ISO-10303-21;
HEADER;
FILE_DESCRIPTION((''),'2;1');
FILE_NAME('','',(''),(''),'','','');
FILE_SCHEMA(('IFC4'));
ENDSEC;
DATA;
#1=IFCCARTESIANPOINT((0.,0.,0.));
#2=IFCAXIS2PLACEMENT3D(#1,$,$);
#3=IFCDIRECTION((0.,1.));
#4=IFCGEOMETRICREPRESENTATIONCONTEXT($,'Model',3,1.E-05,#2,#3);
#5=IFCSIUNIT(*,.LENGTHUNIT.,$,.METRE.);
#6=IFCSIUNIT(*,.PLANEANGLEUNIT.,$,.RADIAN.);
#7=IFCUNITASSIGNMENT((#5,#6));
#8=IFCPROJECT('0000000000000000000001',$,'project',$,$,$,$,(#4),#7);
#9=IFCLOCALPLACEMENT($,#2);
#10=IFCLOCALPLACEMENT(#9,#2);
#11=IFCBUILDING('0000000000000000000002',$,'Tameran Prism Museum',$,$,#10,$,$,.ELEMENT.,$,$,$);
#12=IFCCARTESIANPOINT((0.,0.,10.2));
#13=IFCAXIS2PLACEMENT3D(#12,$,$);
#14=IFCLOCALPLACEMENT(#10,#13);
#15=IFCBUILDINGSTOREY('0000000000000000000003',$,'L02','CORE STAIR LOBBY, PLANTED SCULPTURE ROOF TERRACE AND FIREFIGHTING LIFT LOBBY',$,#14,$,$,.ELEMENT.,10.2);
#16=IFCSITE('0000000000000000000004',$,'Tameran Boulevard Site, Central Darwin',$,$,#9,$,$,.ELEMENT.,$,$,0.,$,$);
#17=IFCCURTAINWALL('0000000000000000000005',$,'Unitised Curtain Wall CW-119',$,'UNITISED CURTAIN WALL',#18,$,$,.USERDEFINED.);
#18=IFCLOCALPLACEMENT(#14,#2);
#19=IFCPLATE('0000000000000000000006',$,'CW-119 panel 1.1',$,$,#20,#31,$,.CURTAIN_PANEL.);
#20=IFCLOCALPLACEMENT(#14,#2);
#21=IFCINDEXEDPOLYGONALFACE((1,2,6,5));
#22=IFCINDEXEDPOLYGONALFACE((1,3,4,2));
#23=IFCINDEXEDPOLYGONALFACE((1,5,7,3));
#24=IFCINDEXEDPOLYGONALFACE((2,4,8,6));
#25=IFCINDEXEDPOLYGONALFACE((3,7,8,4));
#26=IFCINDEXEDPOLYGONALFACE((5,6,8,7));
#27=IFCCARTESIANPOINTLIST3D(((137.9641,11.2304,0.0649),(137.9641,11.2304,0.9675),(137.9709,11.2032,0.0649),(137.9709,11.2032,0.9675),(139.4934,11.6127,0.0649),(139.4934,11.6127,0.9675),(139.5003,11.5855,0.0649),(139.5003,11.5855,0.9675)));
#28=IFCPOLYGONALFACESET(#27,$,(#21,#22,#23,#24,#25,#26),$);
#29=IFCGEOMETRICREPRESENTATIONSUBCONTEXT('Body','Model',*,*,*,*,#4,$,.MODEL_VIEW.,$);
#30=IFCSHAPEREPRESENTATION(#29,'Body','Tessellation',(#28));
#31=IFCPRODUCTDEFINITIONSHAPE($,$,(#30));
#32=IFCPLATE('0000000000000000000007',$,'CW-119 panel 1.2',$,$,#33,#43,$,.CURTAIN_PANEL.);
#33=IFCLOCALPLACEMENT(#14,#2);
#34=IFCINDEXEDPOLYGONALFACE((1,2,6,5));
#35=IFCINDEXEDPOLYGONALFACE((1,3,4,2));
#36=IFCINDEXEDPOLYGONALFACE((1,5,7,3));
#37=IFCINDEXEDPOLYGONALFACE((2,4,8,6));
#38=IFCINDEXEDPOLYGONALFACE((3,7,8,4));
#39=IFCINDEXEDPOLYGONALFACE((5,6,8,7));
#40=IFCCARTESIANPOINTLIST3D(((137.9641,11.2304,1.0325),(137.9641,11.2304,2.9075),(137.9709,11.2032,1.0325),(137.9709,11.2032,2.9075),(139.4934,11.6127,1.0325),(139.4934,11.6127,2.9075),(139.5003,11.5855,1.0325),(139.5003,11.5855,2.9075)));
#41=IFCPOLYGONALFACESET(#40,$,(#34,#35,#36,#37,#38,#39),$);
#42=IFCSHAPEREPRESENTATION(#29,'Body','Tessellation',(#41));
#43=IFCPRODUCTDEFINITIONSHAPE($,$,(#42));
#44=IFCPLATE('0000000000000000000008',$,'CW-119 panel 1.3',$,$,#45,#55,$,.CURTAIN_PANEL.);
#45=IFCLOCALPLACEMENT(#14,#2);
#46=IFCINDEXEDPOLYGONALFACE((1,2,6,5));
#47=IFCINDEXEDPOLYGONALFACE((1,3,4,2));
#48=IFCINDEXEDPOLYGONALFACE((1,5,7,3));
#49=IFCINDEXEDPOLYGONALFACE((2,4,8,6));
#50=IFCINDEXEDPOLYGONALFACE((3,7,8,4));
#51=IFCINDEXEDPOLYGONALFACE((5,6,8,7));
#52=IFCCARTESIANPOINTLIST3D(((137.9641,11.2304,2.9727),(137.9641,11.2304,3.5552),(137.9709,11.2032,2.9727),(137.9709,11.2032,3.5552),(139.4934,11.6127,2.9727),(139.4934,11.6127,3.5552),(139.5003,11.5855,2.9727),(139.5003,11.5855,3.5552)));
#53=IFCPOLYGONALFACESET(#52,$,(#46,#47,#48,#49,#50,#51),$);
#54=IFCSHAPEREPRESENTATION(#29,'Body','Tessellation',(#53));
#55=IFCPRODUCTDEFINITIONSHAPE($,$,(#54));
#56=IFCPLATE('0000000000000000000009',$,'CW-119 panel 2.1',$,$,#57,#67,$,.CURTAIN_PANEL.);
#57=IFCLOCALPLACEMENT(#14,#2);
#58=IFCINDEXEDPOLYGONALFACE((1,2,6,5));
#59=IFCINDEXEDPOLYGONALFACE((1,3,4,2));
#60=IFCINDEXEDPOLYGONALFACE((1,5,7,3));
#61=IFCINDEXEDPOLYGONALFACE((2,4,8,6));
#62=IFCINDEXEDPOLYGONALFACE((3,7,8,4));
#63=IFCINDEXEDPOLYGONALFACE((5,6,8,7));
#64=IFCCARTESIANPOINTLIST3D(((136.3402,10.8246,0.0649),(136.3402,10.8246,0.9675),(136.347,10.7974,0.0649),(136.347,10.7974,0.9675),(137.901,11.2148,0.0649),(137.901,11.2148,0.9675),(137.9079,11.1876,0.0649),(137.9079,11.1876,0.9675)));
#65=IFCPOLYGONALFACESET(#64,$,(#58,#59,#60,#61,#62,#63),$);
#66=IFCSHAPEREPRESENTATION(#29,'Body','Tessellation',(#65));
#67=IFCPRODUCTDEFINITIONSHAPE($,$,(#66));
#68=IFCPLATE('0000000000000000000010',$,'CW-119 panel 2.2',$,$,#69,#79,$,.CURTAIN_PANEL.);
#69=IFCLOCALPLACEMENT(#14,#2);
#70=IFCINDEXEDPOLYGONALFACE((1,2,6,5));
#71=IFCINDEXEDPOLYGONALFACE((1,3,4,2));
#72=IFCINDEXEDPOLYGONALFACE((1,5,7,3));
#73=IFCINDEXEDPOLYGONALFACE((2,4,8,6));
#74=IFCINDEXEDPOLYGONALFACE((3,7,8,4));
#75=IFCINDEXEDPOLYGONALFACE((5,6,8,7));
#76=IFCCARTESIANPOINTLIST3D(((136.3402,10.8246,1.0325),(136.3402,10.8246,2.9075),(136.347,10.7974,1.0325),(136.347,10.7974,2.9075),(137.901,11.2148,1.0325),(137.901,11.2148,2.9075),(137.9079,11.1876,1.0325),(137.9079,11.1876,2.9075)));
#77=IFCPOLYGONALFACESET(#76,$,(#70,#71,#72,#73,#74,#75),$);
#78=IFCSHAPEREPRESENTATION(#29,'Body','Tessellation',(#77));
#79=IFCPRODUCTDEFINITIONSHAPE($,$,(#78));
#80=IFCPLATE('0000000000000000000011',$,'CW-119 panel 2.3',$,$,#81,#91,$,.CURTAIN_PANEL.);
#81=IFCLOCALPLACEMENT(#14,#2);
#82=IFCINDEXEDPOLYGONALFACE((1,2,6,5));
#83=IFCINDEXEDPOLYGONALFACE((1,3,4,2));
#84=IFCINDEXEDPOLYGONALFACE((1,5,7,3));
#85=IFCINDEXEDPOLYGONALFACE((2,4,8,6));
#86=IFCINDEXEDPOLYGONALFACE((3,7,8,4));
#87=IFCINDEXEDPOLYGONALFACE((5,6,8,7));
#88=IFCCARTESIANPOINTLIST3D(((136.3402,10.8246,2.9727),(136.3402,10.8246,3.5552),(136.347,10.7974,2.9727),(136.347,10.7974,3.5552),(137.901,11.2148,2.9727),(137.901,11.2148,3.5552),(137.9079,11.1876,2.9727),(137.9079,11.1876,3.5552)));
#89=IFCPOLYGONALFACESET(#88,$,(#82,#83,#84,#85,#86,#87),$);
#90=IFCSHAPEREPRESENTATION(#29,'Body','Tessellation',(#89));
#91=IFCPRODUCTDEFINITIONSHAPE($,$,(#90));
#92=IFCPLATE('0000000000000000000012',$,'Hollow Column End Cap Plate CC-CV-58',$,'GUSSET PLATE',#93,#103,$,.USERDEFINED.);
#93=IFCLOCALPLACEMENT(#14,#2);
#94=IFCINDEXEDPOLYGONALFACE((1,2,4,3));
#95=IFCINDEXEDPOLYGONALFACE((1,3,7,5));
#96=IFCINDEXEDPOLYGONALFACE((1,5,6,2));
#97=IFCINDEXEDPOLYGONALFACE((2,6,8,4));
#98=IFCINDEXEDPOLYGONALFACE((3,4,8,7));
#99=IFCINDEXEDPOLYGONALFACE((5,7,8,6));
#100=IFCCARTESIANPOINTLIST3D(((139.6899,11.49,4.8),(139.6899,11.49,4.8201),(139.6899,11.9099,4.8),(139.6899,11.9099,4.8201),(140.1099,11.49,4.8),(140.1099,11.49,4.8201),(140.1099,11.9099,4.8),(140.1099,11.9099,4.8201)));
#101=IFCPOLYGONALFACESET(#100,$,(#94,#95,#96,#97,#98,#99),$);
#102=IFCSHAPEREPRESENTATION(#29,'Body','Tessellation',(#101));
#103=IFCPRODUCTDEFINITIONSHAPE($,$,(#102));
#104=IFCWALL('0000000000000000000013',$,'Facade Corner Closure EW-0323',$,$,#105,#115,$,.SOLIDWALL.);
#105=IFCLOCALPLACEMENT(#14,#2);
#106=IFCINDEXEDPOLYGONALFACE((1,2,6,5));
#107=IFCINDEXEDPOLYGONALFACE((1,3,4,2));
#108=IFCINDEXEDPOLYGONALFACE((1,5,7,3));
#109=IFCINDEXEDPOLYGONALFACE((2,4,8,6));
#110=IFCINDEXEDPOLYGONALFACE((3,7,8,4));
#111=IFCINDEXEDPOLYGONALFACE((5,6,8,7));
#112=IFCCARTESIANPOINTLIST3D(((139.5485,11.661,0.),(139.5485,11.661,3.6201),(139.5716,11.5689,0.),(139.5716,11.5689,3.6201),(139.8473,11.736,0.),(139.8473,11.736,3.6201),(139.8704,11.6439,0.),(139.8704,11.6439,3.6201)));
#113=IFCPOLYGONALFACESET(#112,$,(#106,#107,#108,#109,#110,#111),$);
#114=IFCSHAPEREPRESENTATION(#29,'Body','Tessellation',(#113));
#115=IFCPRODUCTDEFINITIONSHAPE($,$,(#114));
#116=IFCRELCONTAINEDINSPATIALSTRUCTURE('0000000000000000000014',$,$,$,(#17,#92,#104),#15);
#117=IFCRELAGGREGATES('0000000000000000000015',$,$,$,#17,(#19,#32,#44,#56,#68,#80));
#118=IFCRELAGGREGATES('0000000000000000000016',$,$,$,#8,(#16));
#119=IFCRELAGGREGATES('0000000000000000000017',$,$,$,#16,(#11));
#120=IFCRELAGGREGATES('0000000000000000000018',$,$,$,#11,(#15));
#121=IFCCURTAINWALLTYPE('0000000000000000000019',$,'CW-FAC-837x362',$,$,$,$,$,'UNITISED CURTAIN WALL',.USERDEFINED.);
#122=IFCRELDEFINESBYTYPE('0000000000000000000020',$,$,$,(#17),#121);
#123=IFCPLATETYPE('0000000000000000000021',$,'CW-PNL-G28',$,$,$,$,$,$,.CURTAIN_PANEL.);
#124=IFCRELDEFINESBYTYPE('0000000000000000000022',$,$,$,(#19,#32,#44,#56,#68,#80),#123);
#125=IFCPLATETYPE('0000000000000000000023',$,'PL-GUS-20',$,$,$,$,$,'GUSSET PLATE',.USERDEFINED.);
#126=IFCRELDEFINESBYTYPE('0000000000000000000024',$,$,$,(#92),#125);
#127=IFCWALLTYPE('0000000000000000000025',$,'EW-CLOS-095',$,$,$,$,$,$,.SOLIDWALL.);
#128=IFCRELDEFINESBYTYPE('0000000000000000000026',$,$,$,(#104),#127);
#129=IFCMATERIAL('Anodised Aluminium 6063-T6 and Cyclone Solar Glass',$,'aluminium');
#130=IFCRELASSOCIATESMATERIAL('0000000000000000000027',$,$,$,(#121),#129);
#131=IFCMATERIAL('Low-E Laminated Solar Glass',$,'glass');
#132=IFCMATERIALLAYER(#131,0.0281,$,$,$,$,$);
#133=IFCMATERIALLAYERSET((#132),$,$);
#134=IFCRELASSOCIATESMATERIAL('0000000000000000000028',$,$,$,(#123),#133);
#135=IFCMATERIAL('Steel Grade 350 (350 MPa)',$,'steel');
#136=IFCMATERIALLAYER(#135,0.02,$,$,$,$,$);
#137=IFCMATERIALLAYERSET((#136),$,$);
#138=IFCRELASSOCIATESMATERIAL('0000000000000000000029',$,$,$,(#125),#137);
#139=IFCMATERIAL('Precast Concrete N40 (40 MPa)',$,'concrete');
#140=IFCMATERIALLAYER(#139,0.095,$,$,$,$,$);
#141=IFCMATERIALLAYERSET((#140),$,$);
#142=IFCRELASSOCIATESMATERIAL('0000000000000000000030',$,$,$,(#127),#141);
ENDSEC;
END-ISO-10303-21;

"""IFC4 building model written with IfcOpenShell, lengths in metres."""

from ifc_helpers import new_model, si_unit, direction, frame, frame_2d, origin, origin_2d, place, context, subcontext, project, spatial, rectangle, extrude, material, layer, layer_set, type_object, element, aggregate, save


model = new_model("IFC4")

# Units and contexts
model_context = context("Model", 3, precision=1e-05, world=origin(), true_north=direction((0.0, 1.0)))
body_context = subcontext(model_context, "Body", "Model", "MODEL_VIEW")
ifc_project = project(units=[si_unit("LENGTHUNIT", "METRE"), si_unit("PLANEANGLEUNIT", "RADIAN")], contexts=[model_context])

# Site, building, storey
site_placement = place(None, origin())
site = spatial("IfcSite", under=ifc_project, at=site_placement, Name="Tameran Boulevard Site, Central Darwin", CompositionType="ELEMENT", RefElevation=0.0)
building_placement = place(site_placement, origin())
building = spatial("IfcBuilding", under=site, at=building_placement, Name="Tameran Prism Museum", CompositionType="ELEMENT")
storey_placement = place(building_placement, frame((0.0, 0.0, 10.2)))
storey = spatial("IfcBuildingStorey", under=building, at=storey_placement, Name="L02", Description="CORE STAIR LOBBY, PLANTED SCULPTURE ROOF TERRACE AND FIREFIGHTING LIFT LOBBY", CompositionType="ELEMENT", Elevation=10.2)

# Curtain wall
ifc_material_1 = material(Name="Anodised Aluminium 6063-T6 and Cyclone Solar Glass", Category="aluminium")
curtain_wall_type = type_object("IfcCurtainWallType", Name="CW-FAC-837x362", ElementType="UNITISED CURTAIN WALL", PredefinedType="USERDEFINED", material=ifc_material_1)
curtain_wall_placement = place(storey_placement, origin())
curtain_wall = element("IfcCurtainWall", 1, at=curtain_wall_placement, inside=storey, type_object=curtain_wall_type, Name="Unitised Curtain Wall CW-119", ObjectType="UNITISED CURTAIN WALL", PredefinedType="USERDEFINED")

# Plates
ifc_material_2 = material(Name="Low-E Laminated Solar Glass", Category="glass")
ifc_layer_1 = layer(ifc_material_2, 0.0281)
ifc_layer_set_1 = layer_set([ifc_layer_1])
plate_type_1 = type_object("IfcPlateType", Name="CW-PNL-G28", PredefinedType="CURTAIN_PANEL", material=ifc_layer_set_1)
plate_1_placement = place(storey_placement, frame((138.7322, 11.408, 0.0649), z_axis=(0.0, 0.0, 1.0), x_axis=(-0.970143, -0.242536, 0.0)))
plate_1 = element("IfcPlate", 2, at=plate_1_placement, type_object=plate_type_1, Name="CW-119 panel 1.1", PredefinedType="CURTAIN_PANEL", context=body_context, shape_type="SweptSolid", body=[
    extrude(rectangle(XDim=1.5764, YDim=0.0281, at=origin_2d()), origin(), (0.0, 0.0, 1.0), 0.9026),
])
plate_2_placement = place(storey_placement, frame((138.7322, 11.408, 1.0325), z_axis=(0.0, 0.0, 1.0), x_axis=(-0.970143, -0.242536, 0.0)))
plate_2 = element("IfcPlate", 3, at=plate_2_placement, type_object=plate_type_1, Name="CW-119 panel 1.2", PredefinedType="CURTAIN_PANEL", context=body_context, shape_type="SweptSolid", body=[
    extrude(rectangle(XDim=1.5764, YDim=0.0281, at=origin_2d()), origin(), (0.0, 0.0, 1.0), 1.875),
])
plate_3_placement = place(storey_placement, frame((138.7322, 11.408, 2.9727), z_axis=(0.0, 0.0, 1.0), x_axis=(-0.970143, -0.242536, 0.0)))
plate_3 = element("IfcPlate", 4, at=plate_3_placement, type_object=plate_type_1, Name="CW-119 panel 1.3", PredefinedType="CURTAIN_PANEL", context=body_context, shape_type="SweptSolid", body=[
    extrude(rectangle(XDim=1.5764, YDim=0.0281, at=origin_2d()), origin(), (0.0, 0.0, 1.0), 0.5825),
])
plate_4_placement = place(storey_placement, frame((137.124, 11.0061, 0.0649), z_axis=(0.0, 0.0, 1.0), x_axis=(-0.970143, -0.242536, 0.0)))
plate_4 = element("IfcPlate", 5, at=plate_4_placement, type_object=plate_type_1, Name="CW-119 panel 2.1", PredefinedType="CURTAIN_PANEL", context=body_context, shape_type="SweptSolid", body=[
    extrude(rectangle(XDim=1.6089, YDim=0.0281, at=origin_2d()), origin(), (0.0, 0.0, 1.0), 0.9026),
])
plate_5_placement = place(storey_placement, frame((137.124, 11.0061, 1.0325), z_axis=(0.0, 0.0, 1.0), x_axis=(-0.970143, -0.242536, 0.0)))
plate_5 = element("IfcPlate", 6, at=plate_5_placement, type_object=plate_type_1, Name="CW-119 panel 2.2", PredefinedType="CURTAIN_PANEL", context=body_context, shape_type="SweptSolid", body=[
    extrude(rectangle(XDim=1.6089, YDim=0.0281, at=origin_2d()), origin(), (0.0, 0.0, 1.0), 1.875),
])
plate_6_placement = place(storey_placement, frame((137.124, 11.0061, 2.9727), z_axis=(0.0, 0.0, 1.0), x_axis=(-0.970143, -0.242536, 0.0)))
plate_6 = element("IfcPlate", 7, at=plate_6_placement, type_object=plate_type_1, Name="CW-119 panel 2.3", PredefinedType="CURTAIN_PANEL", context=body_context, shape_type="SweptSolid", body=[
    extrude(rectangle(XDim=1.6089, YDim=0.0281, at=origin_2d()), origin(), (0.0, 0.0, 1.0), 0.5825),
])
aggregate(curtain_wall, [plate_1, plate_2, plate_3, plate_4, plate_5, plate_6])
ifc_material_3 = material(Name="Steel Grade 350 (350 MPa)", Category="steel")
ifc_layer_2 = layer(ifc_material_3, 0.02)
ifc_layer_set_2 = layer_set([ifc_layer_2])
plate_type_2 = type_object("IfcPlateType", Name="PL-GUS-20", ElementType="GUSSET PLATE", PredefinedType="USERDEFINED", material=ifc_layer_set_2)
plate_7_placement = place(storey_placement, frame((139.8999, 11.7, 4.8), z_axis=(0.0, 0.0, 1.0), x_axis=(1.0, 0.0, 0.0)))
element("IfcPlate", 8, at=plate_7_placement, inside=storey, type_object=plate_type_2, Name="Hollow Column End Cap Plate CC-CV-58", ObjectType="GUSSET PLATE", PredefinedType="USERDEFINED", context=body_context, shape_type="SweptSolid", body=[
    extrude(rectangle(XDim=0.4199, YDim=0.4199, at=origin_2d()), origin(), (0.0, 0.0, 1.0), 0.02),
])

# Wall
ifc_material_4 = material(Name="Precast Concrete N40 (40 MPa)", Category="concrete")
ifc_layer_3 = layer(ifc_material_4, 0.095)
ifc_layer_set_3 = layer_set([ifc_layer_3])
wall_type = type_object("IfcWallType", Name="EW-CLOS-095", PredefinedType="SOLIDWALL", material=ifc_layer_set_3)
wall_placement = place(storey_placement, frame((139.8589, 11.6899, 0.0), z_axis=(0.0, 0.0, 1.0), x_axis=(-0.969956, -0.243281, 0.0)))
element("IfcWall", 9, at=wall_placement, inside=storey, type_object=wall_type, Name="Facade Corner Closure EW-0323", PredefinedType="SOLIDWALL", context=body_context, shape_type="SweptSolid", body=[
    extrude(rectangle(XDim=0.3081, YDim=0.095, at=frame_2d((0.1541, 0.0))), origin(), (0.0, 0.0, 1.0), 3.6201),
])

save(model, "model.ifc")
